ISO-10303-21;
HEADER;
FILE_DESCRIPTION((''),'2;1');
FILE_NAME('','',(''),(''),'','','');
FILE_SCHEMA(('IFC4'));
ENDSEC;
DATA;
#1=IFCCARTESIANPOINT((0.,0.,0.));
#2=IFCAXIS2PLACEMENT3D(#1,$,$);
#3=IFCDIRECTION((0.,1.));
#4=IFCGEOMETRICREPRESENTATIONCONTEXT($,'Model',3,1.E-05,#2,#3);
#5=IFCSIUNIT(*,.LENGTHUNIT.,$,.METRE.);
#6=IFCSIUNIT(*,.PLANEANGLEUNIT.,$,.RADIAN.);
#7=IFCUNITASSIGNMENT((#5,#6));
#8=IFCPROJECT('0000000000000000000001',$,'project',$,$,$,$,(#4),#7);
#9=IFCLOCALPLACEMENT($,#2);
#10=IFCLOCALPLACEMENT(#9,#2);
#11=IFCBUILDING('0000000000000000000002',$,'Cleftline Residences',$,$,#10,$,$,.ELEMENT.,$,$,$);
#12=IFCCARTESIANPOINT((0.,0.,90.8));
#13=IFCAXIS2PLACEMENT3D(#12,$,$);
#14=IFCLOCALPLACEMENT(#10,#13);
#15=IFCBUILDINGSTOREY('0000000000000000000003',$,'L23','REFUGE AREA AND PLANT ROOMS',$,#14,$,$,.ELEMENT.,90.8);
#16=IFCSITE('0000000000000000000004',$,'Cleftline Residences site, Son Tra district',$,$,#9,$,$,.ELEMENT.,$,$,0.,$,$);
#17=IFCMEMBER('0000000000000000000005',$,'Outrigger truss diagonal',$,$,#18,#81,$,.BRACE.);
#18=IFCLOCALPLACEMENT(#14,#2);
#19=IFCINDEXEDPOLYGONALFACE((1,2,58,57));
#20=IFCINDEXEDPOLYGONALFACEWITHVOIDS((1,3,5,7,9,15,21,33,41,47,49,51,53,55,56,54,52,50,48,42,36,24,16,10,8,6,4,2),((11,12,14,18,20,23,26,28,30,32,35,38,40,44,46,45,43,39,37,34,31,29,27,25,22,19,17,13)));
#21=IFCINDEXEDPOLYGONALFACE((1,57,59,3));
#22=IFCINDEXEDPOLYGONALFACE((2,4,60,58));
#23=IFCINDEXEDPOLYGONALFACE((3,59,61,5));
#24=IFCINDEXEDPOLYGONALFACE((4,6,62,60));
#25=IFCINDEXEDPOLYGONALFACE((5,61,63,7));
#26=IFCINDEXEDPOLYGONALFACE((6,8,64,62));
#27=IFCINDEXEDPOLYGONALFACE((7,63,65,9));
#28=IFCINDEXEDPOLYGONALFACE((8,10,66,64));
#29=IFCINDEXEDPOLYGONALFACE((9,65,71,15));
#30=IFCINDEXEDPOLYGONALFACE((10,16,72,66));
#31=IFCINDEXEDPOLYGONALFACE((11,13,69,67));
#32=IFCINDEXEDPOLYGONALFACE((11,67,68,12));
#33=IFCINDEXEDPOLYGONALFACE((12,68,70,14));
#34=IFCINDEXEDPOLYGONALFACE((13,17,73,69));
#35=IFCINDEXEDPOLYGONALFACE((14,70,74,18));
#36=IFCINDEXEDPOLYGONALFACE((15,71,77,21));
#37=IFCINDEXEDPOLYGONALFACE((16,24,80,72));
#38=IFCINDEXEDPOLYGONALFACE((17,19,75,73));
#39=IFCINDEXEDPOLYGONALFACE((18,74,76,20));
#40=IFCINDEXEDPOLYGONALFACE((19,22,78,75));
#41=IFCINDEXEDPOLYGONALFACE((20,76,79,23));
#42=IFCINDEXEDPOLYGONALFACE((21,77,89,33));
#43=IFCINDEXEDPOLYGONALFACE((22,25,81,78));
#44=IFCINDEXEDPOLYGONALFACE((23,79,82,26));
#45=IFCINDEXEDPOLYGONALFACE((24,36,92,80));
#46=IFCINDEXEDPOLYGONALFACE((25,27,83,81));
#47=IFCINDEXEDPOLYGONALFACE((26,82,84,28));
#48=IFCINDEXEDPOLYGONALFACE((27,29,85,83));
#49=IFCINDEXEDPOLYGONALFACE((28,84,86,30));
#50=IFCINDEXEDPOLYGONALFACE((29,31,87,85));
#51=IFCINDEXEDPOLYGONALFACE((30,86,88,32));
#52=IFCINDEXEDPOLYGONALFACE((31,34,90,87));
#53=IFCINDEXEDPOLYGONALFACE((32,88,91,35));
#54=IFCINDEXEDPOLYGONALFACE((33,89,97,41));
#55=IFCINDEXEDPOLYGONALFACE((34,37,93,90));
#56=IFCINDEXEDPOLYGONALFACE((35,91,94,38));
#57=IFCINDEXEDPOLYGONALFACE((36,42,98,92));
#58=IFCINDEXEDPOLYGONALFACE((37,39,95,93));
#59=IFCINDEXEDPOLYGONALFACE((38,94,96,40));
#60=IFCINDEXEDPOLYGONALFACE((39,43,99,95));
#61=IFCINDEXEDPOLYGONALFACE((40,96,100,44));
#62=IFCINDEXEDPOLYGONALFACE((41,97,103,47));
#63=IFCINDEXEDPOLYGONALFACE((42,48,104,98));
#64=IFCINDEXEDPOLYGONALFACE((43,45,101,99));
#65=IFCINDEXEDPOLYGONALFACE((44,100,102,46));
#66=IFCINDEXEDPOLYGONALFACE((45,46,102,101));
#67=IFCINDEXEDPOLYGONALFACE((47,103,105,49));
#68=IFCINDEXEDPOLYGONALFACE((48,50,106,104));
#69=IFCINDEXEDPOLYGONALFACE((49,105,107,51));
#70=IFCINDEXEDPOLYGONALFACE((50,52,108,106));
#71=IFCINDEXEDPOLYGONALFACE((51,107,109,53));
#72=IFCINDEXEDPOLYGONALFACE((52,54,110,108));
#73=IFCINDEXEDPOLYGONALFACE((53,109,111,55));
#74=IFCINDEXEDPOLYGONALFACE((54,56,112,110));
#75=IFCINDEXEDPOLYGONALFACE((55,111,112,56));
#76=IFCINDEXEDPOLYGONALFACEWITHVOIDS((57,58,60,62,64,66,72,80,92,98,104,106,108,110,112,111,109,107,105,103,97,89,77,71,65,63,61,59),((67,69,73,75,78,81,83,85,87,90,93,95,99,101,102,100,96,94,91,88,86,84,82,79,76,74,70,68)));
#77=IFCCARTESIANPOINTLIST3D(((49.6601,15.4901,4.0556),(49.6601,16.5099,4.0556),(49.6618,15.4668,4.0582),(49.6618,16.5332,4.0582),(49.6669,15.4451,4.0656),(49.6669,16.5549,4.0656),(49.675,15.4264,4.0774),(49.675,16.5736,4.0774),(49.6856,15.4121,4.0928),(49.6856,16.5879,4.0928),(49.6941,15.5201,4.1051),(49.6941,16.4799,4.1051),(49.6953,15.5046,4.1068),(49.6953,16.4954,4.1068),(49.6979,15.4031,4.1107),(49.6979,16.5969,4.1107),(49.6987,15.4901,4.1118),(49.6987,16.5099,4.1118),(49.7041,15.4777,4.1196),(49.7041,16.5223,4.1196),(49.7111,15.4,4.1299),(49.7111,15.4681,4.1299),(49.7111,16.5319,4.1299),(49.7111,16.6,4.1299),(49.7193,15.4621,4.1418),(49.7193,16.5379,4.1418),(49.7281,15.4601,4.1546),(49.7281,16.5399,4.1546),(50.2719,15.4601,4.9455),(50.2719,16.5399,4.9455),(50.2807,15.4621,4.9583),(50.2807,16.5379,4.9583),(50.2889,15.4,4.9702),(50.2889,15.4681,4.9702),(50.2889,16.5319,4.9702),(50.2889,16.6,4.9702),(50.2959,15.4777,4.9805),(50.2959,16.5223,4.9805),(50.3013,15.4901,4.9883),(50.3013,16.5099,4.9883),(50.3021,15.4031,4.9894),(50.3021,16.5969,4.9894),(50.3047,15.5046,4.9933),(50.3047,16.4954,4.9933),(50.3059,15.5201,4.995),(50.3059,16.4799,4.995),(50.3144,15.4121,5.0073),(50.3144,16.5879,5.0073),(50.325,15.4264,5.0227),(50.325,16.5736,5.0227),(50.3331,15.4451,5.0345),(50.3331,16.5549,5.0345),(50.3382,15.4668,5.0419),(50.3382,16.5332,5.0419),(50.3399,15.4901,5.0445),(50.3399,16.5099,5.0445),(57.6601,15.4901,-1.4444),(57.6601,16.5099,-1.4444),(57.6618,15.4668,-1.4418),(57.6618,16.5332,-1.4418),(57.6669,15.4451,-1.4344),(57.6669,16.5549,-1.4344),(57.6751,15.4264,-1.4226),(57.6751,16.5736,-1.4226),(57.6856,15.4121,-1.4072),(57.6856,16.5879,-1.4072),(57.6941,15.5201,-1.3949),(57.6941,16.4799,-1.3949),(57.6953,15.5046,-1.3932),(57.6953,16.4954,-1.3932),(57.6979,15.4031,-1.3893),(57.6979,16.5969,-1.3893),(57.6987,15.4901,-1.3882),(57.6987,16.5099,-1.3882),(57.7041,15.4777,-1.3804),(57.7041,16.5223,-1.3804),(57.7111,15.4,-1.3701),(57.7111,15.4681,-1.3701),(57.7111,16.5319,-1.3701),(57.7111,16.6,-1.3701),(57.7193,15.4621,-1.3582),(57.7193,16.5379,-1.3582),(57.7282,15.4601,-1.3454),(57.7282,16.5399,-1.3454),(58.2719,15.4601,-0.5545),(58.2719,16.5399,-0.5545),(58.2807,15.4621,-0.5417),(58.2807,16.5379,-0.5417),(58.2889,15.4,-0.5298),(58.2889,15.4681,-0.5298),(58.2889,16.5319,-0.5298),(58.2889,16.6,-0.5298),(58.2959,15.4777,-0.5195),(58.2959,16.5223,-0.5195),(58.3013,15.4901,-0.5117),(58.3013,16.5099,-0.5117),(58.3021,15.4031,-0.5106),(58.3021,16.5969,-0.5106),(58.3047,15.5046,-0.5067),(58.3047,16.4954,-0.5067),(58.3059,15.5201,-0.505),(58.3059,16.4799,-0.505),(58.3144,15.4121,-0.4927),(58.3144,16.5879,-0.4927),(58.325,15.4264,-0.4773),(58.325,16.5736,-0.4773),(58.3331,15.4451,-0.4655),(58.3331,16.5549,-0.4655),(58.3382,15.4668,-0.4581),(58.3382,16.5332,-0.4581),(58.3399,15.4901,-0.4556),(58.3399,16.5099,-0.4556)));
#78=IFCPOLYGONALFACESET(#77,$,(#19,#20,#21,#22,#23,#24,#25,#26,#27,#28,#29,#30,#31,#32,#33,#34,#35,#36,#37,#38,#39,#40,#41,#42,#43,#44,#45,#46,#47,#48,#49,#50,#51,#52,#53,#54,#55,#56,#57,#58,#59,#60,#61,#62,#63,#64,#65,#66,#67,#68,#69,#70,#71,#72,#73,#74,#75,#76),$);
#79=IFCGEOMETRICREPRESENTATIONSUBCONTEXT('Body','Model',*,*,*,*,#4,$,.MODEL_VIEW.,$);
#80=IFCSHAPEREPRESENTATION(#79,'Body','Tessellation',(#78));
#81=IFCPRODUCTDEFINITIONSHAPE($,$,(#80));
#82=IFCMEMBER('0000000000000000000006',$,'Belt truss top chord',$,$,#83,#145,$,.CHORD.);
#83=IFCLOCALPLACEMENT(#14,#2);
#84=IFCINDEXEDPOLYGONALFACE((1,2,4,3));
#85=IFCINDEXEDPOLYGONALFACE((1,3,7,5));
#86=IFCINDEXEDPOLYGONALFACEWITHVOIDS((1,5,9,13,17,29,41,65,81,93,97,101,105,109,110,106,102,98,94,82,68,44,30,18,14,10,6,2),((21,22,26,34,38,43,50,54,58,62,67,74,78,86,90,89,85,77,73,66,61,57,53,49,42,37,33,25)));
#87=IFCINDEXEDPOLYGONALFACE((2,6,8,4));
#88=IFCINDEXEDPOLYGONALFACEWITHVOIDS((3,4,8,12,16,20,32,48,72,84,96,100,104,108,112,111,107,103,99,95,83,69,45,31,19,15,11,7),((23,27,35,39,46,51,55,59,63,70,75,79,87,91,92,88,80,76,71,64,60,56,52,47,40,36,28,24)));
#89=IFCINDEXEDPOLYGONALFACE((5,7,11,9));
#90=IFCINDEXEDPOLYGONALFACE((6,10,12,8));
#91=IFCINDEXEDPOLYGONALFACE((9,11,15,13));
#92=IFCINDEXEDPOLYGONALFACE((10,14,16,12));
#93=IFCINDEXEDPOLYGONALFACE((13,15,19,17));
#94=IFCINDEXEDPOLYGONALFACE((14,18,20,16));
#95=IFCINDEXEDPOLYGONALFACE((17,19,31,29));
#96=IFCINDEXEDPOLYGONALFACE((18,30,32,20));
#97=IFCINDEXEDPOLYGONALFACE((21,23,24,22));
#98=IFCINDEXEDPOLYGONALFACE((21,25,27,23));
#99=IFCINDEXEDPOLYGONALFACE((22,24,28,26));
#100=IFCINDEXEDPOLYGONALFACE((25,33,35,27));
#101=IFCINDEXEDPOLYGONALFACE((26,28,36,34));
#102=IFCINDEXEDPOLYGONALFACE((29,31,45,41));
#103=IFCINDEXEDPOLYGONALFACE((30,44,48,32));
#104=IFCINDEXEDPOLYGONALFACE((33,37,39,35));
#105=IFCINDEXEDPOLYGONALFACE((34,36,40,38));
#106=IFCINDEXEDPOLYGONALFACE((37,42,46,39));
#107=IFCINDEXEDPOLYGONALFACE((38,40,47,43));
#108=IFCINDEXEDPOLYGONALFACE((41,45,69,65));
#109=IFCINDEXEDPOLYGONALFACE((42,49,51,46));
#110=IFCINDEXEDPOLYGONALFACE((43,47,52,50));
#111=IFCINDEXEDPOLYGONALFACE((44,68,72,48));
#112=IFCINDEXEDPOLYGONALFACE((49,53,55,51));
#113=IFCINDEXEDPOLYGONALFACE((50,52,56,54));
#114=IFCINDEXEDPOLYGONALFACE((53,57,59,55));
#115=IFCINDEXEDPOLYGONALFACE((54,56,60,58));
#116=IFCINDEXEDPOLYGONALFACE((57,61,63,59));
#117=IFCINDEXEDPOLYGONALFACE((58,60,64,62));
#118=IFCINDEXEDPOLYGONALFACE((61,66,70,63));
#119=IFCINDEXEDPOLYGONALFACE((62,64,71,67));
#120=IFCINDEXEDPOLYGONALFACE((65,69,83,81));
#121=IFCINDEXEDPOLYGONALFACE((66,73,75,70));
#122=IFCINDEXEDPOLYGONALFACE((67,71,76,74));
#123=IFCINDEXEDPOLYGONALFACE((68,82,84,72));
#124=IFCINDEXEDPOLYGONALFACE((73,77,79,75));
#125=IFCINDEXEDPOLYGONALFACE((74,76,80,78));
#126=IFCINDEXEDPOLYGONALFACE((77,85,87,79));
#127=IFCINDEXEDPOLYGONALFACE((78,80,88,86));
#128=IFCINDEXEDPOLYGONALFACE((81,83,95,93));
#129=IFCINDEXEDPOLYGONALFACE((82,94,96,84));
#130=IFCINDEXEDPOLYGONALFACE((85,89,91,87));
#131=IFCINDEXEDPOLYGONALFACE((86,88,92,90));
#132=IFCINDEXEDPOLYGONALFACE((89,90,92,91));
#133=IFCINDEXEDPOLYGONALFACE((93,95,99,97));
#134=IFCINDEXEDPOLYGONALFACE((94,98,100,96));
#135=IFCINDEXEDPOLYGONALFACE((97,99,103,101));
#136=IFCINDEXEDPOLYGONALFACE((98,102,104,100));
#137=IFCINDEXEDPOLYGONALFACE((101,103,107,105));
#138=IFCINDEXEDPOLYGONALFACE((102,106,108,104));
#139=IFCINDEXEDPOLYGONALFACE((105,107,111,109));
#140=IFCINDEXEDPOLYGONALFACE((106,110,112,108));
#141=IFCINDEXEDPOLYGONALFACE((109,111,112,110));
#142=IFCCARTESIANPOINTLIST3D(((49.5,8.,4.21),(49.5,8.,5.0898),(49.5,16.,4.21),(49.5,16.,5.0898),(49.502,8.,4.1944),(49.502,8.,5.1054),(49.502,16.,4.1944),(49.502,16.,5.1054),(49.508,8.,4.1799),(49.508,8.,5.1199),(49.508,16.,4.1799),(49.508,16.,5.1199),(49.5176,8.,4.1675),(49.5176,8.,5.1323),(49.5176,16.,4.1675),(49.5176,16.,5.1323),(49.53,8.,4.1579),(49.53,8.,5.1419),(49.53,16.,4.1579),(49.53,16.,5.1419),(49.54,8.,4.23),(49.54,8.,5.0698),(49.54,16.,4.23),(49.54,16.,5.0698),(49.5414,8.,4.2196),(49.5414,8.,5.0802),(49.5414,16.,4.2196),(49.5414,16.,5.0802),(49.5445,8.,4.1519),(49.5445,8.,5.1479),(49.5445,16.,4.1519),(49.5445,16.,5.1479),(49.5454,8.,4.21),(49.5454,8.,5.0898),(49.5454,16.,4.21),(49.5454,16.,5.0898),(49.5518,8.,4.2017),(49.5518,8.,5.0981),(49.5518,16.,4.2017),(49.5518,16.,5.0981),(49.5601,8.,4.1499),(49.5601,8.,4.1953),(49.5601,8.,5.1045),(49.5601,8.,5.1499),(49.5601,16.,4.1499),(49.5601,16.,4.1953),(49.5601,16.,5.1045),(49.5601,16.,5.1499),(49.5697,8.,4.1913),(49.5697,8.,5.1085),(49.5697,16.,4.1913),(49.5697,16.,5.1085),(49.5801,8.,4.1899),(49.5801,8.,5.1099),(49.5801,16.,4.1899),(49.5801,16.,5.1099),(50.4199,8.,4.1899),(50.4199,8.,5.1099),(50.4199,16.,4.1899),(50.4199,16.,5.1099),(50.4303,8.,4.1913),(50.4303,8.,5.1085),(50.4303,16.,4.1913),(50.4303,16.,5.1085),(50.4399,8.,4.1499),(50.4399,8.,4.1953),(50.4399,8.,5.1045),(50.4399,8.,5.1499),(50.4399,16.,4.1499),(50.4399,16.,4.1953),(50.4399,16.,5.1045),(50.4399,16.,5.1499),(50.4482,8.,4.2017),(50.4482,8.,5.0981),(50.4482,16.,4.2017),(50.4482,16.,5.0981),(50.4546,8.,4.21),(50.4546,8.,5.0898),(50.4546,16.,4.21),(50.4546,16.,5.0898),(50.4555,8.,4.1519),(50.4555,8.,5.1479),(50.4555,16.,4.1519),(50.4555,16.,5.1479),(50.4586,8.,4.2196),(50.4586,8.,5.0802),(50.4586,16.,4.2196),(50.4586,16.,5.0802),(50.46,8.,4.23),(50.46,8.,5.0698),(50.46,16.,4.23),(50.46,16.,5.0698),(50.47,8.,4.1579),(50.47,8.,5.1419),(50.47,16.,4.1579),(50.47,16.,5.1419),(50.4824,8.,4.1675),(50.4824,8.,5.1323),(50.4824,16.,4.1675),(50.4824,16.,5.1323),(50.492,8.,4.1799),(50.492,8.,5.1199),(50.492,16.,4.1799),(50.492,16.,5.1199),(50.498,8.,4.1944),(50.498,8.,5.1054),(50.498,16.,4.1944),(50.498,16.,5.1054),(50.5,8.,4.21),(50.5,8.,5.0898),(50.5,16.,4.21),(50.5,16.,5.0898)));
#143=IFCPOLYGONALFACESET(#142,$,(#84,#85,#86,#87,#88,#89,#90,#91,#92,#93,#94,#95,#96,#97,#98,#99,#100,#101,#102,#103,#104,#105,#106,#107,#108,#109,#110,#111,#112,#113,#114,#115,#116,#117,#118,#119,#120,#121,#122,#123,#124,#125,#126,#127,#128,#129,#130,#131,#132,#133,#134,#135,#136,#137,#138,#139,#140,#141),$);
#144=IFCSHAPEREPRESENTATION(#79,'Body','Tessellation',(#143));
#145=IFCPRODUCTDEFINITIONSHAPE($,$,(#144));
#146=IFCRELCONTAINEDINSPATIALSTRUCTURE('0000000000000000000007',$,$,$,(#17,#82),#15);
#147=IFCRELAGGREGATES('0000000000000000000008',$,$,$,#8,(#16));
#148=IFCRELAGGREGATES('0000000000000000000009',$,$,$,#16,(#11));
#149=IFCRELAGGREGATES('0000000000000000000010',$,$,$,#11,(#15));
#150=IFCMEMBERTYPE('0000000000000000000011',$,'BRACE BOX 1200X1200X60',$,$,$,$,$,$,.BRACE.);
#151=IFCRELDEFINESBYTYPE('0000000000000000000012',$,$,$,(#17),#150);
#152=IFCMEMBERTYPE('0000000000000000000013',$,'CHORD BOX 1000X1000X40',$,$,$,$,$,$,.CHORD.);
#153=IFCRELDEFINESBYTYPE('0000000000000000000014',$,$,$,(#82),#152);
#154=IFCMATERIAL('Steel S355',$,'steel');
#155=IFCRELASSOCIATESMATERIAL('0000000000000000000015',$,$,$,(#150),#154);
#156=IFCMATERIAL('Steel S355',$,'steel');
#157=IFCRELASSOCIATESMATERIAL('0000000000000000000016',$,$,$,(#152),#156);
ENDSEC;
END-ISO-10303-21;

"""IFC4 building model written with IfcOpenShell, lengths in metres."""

from ifc_helpers import new_model, si_unit, direction, frame, origin, origin_2d, place, context, subcontext, project, spatial, hollow_rectangle, extrude, material, material_profile, profile_set, type_object, element, save


model = new_model("IFC4")

# Units and contexts
model_context = context("Model", 3, precision=1e-05, world=origin(), true_north=direction((0.0, 1.0)))
body_context = subcontext(model_context, "Body", "Model", "MODEL_VIEW")
ifc_project = project(units=[si_unit("LENGTHUNIT", "METRE"), si_unit("PLANEANGLEUNIT", "RADIAN")], contexts=[model_context])

# Site, building, storey
site_placement = place(None, origin())
site = spatial("IfcSite", under=ifc_project, at=site_placement, Name="Cleftline Residences site, Son Tra district", CompositionType="ELEMENT", RefElevation=0.0)
building_placement = place(site_placement, origin())
building = spatial("IfcBuilding", under=site, at=building_placement, Name="Cleftline Residences", CompositionType="ELEMENT")
storey_placement = place(building_placement, frame((0.0, 0.0, 90.8)))
storey = spatial("IfcBuildingStorey", under=building, at=storey_placement, Name="L23", Description="REFUGE AREA AND PLANT ROOMS", CompositionType="ELEMENT", Elevation=90.8)

# Members
ifc_material_1 = material(Name="Steel S355", Category="steel")
ifc_material_profile_1 = material_profile(ifc_material_1, hollow_rectangle(XDim=1.2, YDim=1.2, WallThickness=0.0601, InnerFilletRadius=0.0601, OuterFilletRadius=0.0901, at=origin_2d()))
ifc_profile_set_1 = profile_set([ifc_material_profile_1], Name="Steel S355")
member_type_1 = type_object("IfcMemberType", Name="BRACE BOX 1200X1200X60", PredefinedType="BRACE", material=ifc_profile_set_1)
member_1_placement = place(storey_placement, frame((50.0, 16.0, 4.55), z_axis=(0.824042, 0.0, -0.566529), x_axis=(0.566529, 0.0, 0.824042)))
element("IfcMember", 1, at=member_1_placement, inside=storey, type_object=member_type_1, Name="Outrigger truss diagonal", PredefinedType="BRACE", context=body_context, shape_type="SweptSolid", body=[
    extrude(hollow_rectangle(XDim=1.2, YDim=1.2, WallThickness=0.0601, InnerFilletRadius=0.0601, OuterFilletRadius=0.0901, at=origin_2d()), origin(), (0.0, 0.0, 1.0), 9.7083),
])
ifc_material_2 = material(Name="Steel S355", Category="steel")
ifc_material_profile_2 = material_profile(ifc_material_2, hollow_rectangle(XDim=1.0, YDim=1.0, WallThickness=0.04, InnerFilletRadius=0.04, OuterFilletRadius=0.0601, at=origin_2d()))
ifc_profile_set_2 = profile_set([ifc_material_profile_2], Name="Steel S355")
member_type_2 = type_object("IfcMemberType", Name="CHORD BOX 1000X1000X40", PredefinedType="CHORD", material=ifc_profile_set_2)
for number, where, z_axis, x_axis, name in (
    (2, (50.0, 8.0, 4.6499), (0.0, 1.0, 0.0), (-1.0, 0.0, 0.0), "Belt truss top chord"),
):
    element("IfcMember", number, at=place(storey_placement, frame(where, z_axis=z_axis, x_axis=x_axis)), inside=storey, type_object=member_type_2, Name=name, PredefinedType="CHORD", context=body_context, shape_type="SweptSolid", body=[
        extrude(hollow_rectangle(XDim=1.0, YDim=1.0, WallThickness=0.04, InnerFilletRadius=0.04, OuterFilletRadius=0.0601, at=origin_2d()), origin(), (0.0, 0.0, 1.0), 8.0),
    ])

save(model, "model.ifc")
